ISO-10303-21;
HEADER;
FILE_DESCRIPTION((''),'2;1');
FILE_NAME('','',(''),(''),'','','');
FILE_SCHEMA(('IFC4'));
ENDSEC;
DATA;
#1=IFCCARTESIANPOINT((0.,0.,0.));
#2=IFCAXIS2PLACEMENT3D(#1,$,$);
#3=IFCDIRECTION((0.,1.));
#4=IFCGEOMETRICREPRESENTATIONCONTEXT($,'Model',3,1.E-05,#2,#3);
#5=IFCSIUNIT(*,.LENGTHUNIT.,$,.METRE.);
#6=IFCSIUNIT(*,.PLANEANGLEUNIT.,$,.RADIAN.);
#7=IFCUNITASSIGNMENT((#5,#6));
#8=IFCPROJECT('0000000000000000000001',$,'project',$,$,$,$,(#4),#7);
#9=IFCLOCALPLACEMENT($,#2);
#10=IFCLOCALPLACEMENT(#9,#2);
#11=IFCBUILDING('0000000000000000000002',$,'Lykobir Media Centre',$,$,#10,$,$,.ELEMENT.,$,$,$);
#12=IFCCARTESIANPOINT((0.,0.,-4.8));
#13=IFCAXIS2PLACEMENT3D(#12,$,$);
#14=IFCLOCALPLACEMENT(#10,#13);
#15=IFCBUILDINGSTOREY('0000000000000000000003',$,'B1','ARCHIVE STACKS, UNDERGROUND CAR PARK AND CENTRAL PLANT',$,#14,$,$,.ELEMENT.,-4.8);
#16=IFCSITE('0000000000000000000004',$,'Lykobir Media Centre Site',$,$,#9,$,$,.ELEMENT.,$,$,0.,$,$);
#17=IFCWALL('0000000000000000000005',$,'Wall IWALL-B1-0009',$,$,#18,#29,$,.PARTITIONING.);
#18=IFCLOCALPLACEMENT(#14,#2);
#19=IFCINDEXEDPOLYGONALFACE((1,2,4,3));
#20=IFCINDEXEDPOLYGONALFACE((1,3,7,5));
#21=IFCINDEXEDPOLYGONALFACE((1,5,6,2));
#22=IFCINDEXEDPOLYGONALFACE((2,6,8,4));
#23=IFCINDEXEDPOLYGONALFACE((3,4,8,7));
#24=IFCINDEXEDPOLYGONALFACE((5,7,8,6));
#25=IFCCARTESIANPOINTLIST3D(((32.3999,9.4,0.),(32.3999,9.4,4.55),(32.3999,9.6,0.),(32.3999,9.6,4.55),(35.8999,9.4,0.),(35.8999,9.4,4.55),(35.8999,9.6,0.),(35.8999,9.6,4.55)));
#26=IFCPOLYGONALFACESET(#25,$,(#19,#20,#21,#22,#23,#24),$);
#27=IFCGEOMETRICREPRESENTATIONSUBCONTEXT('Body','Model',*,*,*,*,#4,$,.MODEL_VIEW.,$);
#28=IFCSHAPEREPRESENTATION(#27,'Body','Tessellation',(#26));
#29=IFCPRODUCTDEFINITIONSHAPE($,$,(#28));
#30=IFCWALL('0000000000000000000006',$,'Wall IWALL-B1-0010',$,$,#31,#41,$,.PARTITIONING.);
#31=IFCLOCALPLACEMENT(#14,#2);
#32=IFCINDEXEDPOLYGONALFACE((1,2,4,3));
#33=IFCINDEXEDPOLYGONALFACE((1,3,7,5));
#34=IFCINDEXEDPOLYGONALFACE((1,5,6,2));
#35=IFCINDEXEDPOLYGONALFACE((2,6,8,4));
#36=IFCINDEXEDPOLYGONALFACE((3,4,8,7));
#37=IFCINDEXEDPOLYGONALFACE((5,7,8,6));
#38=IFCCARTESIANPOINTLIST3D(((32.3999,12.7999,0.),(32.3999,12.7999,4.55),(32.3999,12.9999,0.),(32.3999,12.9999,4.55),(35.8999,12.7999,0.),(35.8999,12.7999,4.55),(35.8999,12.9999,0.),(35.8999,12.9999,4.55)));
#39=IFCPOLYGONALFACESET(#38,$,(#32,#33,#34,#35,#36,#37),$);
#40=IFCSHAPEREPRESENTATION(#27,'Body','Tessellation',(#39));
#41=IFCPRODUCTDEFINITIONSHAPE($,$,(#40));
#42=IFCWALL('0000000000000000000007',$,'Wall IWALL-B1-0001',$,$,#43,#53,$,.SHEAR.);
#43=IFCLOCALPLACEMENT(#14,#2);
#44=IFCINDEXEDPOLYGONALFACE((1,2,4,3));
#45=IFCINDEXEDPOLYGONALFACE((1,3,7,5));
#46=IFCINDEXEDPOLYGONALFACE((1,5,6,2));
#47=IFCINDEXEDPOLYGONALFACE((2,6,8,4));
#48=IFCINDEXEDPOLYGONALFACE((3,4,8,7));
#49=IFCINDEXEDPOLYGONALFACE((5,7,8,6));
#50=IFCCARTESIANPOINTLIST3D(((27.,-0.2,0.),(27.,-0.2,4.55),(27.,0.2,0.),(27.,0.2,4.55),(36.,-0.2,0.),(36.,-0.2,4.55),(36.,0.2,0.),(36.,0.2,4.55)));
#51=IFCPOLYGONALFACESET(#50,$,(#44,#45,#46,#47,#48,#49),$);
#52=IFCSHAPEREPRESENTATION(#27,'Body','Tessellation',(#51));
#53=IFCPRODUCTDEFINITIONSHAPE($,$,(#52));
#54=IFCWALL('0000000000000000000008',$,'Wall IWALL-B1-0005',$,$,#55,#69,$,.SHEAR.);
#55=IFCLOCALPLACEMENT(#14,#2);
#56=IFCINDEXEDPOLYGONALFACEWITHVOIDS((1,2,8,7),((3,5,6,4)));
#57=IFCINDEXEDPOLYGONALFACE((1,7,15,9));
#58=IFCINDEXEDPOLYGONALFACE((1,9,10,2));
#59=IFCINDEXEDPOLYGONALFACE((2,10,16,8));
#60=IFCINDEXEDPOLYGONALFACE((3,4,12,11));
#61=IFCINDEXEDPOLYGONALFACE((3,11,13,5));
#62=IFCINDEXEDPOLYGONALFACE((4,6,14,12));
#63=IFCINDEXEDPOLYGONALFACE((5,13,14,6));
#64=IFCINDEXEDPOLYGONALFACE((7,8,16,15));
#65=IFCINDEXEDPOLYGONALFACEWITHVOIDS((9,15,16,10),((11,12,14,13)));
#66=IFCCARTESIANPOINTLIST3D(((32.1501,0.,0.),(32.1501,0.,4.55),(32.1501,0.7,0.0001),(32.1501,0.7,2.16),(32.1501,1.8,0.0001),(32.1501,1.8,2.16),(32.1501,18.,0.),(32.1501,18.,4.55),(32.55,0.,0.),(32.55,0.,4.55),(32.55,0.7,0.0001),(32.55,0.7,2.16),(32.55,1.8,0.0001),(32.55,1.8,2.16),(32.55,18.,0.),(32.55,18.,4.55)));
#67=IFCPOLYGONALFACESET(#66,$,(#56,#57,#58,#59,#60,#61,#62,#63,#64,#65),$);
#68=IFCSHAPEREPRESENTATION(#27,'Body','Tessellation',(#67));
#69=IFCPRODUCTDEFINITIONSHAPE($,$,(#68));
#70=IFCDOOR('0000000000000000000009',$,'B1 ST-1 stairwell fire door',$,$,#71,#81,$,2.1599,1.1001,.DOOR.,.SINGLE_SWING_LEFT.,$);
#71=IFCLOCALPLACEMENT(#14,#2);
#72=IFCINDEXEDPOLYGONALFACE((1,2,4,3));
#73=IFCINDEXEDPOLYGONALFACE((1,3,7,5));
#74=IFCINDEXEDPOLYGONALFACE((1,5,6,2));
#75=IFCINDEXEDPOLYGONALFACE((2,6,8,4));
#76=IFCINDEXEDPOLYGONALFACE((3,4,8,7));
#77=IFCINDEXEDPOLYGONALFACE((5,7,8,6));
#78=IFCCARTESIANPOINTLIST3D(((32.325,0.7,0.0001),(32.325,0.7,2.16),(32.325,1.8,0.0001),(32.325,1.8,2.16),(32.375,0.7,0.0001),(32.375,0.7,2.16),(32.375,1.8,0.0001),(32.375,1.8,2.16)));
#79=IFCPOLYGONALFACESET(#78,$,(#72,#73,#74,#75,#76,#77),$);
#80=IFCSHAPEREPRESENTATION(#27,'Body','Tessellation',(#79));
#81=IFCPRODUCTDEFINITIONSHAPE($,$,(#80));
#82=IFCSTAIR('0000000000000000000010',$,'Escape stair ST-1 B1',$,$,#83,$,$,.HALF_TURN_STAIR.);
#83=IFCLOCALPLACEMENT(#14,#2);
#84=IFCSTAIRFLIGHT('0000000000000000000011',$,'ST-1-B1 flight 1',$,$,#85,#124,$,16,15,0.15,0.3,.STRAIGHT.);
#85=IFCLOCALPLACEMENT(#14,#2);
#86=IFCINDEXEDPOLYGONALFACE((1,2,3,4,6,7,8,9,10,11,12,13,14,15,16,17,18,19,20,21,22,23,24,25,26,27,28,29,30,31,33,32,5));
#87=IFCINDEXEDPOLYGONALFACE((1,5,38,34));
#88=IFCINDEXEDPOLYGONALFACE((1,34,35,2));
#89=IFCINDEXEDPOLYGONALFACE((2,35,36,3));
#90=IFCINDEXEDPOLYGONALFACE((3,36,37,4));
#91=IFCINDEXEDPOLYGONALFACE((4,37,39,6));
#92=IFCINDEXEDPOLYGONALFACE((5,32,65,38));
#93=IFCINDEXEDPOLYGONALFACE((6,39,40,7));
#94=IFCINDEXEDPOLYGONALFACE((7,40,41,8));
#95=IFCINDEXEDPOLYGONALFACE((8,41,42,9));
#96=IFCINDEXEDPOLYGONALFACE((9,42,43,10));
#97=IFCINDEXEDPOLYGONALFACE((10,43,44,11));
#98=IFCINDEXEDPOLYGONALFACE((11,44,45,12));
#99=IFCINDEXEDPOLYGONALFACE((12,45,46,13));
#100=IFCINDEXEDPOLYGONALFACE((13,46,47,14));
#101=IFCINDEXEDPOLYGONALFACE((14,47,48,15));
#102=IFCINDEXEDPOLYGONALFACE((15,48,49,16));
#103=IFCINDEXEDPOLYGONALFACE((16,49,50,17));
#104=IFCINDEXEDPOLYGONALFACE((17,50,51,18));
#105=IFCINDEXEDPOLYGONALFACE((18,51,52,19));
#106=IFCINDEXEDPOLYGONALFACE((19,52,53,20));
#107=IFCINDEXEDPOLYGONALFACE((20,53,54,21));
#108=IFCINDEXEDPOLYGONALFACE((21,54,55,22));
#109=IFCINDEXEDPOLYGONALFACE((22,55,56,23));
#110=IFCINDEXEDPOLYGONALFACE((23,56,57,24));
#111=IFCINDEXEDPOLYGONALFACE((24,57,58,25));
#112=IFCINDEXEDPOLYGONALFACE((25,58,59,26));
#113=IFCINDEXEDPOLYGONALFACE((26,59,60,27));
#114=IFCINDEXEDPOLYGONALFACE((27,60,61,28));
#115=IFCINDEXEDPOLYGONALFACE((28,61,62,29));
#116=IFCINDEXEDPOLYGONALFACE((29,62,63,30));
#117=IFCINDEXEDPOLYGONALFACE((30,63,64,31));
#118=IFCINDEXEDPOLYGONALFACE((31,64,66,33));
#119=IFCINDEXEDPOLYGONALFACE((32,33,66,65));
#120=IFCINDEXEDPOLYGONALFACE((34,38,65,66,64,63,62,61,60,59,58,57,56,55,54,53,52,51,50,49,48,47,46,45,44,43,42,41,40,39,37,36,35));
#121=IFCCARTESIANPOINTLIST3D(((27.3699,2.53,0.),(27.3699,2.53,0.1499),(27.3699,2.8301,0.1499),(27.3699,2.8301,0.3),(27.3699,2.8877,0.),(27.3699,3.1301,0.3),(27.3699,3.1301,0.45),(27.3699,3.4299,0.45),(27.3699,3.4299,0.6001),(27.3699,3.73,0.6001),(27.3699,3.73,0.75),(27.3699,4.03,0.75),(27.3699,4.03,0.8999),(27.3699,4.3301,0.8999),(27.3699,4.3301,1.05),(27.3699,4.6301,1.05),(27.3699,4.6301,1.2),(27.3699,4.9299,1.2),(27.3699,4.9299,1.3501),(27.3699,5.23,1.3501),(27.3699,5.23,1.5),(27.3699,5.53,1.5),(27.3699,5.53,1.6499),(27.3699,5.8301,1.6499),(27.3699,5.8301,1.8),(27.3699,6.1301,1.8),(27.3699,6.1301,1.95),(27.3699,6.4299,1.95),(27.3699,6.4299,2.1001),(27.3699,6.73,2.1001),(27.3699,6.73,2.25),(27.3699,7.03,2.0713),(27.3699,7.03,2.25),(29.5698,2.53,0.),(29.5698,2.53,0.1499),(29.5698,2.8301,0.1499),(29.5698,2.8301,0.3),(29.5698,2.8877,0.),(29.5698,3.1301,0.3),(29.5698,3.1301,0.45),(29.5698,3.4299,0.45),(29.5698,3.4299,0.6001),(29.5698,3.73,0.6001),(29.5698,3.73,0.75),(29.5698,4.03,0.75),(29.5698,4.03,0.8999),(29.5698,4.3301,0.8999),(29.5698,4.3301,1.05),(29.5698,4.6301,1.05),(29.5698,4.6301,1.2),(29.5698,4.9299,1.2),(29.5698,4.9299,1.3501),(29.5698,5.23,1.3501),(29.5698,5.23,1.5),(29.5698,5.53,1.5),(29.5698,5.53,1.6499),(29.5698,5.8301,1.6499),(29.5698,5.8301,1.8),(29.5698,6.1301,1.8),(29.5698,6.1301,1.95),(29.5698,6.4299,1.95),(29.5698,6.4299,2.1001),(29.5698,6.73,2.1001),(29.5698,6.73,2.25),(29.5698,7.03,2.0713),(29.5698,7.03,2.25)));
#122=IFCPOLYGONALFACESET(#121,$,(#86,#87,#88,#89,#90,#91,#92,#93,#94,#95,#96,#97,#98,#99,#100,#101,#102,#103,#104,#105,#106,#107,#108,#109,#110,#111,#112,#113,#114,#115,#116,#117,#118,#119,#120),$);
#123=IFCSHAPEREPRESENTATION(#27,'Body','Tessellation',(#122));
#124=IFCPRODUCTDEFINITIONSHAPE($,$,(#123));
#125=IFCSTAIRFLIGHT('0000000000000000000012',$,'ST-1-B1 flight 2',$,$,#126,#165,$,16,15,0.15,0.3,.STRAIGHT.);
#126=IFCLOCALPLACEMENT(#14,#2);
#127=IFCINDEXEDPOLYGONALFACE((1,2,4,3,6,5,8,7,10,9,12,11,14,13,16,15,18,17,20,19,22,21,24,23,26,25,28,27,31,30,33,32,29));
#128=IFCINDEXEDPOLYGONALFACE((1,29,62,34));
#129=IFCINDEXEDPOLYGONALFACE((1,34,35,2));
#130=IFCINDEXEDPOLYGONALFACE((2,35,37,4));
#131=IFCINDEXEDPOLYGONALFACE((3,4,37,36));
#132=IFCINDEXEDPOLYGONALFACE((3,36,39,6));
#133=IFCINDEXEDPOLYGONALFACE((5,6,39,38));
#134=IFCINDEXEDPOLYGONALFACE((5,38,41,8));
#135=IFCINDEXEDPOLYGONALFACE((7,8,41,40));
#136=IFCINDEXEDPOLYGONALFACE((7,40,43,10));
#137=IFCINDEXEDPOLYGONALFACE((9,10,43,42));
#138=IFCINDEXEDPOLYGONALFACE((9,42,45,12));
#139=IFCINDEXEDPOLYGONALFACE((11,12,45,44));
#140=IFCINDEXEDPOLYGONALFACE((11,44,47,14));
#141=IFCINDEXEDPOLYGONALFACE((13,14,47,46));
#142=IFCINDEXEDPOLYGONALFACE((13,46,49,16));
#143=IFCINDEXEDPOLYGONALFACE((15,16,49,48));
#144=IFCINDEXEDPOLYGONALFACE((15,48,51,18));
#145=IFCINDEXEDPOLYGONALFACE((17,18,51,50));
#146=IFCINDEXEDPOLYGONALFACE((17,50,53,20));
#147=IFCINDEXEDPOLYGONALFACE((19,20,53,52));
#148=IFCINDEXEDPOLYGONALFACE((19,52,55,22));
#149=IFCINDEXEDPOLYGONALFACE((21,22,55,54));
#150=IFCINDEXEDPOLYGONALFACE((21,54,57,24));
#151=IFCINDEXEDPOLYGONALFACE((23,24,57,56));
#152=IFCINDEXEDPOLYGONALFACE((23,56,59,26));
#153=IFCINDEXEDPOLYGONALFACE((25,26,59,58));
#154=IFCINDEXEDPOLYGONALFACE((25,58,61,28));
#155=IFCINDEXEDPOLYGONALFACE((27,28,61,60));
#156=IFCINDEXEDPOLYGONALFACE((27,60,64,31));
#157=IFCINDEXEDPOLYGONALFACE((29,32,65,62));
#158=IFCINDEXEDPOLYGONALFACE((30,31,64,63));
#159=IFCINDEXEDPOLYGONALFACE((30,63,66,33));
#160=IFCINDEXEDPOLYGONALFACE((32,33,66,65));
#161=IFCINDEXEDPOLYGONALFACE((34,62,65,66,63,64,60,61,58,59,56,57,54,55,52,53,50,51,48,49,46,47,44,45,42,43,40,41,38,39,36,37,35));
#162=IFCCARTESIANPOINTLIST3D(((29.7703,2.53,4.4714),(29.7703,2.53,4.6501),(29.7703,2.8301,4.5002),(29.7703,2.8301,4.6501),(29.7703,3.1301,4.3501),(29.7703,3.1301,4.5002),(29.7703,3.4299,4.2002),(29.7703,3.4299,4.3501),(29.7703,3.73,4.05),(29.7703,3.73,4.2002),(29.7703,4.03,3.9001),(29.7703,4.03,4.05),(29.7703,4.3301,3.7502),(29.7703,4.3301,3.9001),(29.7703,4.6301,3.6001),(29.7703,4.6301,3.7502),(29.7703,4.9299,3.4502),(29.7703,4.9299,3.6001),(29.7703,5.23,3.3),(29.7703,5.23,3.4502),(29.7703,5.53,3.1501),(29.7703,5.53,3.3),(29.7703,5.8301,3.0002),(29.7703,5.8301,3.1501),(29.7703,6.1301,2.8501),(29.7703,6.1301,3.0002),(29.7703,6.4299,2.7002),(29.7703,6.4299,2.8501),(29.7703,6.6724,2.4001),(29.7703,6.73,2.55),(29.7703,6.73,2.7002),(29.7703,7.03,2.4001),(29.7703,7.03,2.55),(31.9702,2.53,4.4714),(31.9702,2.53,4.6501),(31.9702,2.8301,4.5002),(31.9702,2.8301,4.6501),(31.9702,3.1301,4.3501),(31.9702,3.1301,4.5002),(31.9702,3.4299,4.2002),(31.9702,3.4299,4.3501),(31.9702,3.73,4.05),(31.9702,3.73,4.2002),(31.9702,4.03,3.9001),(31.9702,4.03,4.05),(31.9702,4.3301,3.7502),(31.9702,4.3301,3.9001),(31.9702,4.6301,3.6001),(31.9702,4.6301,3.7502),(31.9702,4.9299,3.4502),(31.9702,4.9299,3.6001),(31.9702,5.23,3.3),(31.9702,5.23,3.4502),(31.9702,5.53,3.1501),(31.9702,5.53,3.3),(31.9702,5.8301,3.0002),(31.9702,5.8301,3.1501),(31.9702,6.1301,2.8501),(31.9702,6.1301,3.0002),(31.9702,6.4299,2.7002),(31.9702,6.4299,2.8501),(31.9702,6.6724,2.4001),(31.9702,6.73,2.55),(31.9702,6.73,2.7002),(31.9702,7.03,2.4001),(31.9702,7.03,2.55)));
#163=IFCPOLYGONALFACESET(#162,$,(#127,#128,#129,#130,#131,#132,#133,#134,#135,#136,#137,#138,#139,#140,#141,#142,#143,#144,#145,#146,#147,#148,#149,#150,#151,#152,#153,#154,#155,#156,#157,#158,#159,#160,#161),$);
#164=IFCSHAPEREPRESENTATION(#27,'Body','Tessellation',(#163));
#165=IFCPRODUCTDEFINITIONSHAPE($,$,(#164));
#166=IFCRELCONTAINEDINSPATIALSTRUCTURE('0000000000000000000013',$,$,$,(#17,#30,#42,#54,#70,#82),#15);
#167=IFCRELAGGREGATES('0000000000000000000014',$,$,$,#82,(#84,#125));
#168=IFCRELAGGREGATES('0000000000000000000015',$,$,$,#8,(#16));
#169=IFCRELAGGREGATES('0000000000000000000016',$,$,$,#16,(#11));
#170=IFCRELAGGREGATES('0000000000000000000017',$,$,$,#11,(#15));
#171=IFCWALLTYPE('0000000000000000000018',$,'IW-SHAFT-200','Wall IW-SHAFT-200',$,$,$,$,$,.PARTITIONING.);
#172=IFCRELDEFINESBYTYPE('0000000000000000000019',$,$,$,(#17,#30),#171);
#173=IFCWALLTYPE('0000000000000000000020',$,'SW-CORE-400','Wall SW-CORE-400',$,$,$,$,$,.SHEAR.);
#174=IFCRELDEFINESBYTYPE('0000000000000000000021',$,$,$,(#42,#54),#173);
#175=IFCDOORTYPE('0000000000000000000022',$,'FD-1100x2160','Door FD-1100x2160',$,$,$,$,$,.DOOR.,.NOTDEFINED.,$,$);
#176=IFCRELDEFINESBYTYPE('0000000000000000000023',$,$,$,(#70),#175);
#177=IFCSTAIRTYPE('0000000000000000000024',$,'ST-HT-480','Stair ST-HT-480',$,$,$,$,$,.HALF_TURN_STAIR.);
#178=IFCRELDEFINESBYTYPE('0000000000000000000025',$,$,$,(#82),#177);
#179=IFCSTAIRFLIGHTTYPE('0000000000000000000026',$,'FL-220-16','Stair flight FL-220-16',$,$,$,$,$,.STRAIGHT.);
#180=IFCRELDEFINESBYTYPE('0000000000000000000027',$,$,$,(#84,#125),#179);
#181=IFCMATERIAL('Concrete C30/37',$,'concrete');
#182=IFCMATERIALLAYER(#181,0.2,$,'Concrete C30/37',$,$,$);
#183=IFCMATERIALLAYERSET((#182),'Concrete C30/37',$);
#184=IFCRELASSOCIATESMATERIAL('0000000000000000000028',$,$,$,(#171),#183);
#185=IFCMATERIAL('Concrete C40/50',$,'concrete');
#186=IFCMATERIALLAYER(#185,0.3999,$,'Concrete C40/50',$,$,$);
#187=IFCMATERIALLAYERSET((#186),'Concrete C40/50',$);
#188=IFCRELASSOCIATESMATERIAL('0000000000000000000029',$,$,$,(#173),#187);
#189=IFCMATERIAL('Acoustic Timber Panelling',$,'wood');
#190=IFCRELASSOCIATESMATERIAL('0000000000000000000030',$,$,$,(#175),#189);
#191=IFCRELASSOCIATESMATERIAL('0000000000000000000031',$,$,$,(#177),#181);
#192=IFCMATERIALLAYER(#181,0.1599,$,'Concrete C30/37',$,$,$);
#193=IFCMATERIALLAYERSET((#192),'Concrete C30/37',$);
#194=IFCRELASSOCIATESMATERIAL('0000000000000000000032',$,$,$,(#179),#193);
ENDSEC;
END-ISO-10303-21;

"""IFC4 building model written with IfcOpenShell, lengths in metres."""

from ifc_helpers import new_model, si_unit, direction, frame, frame_2d, origin, place, context, subcontext, project, spatial, polyline, rectangle, outline, extrude, material, layer, layer_set, type_object, element, fill, aggregate, save


model = new_model("IFC4")

# Units and contexts
model_context = context("Model", 3, precision=1e-05, world=origin(), true_north=direction((0.0, 1.0)))
body_context = subcontext(model_context, "Body", "Model", "MODEL_VIEW")
ifc_project = project(units=[si_unit("LENGTHUNIT", "METRE"), si_unit("PLANEANGLEUNIT", "RADIAN")], contexts=[model_context])

# Site, building, storey
site_placement = place(None, origin())
site = spatial("IfcSite", under=ifc_project, at=site_placement, Name="Lykobir Media Centre Site", CompositionType="ELEMENT", RefElevation=0.0)
building_placement = place(site_placement, origin())
building = spatial("IfcBuilding", under=site, at=building_placement, Name="Lykobir Media Centre", CompositionType="ELEMENT")
storey_placement = place(building_placement, frame((0.0, 0.0, -4.8)))
storey = spatial("IfcBuildingStorey", under=building, at=storey_placement, Name="B1", Description="ARCHIVE STACKS, UNDERGROUND CAR PARK AND CENTRAL PLANT", CompositionType="ELEMENT", Elevation=-4.8)

# Shared definitions
ifc_material_1 = material(Name="Concrete C30/37", Category="concrete")

# Shared definitions
ifc_material_2 = material(Name="Concrete C40/50", Category="concrete")

# Walls
ifc_layer_1 = layer(ifc_material_1, 0.2, Name="Concrete C30/37")
ifc_layer_set_1 = layer_set([ifc_layer_1], Name="Concrete C30/37")
wall_type_1 = type_object("IfcWallType", Name="IW-SHAFT-200", Description="Wall IW-SHAFT-200", PredefinedType="PARTITIONING", material=ifc_layer_set_1)
for number, where, z_axis, x_axis, name in (
    (1, (32.3999, 9.5, 0.0), (0.0, 0.0, 1.0), (1.0, 0.0, 0.0), "Wall IWALL-B1-0009"),
    (2, (32.3999, 12.8999, 0.0), (0.0, 0.0, 1.0), (1.0, 0.0, 0.0), "Wall IWALL-B1-0010"),
):
    element("IfcWall", number, at=place(storey_placement, frame(where, z_axis=z_axis, x_axis=x_axis)), inside=storey, type_object=wall_type_1, Name=name, PredefinedType="PARTITIONING", context=body_context, shape_type="SweptSolid", body=[
        extrude(rectangle(XDim=3.5, YDim=0.2, at=frame_2d((1.75, 0.0))), origin(), (0.0, 0.0, 1.0), 4.55),
    ])
ifc_layer_2 = layer(ifc_material_2, 0.3999, Name="Concrete C40/50")
ifc_layer_set_2 = layer_set([ifc_layer_2], Name="Concrete C40/50")
wall_type_2 = type_object("IfcWallType", Name="SW-CORE-400", Description="Wall SW-CORE-400", PredefinedType="SHEAR", material=ifc_layer_set_2)
wall_1_placement = place(storey_placement, frame((27.0, 0.0, 0.0), z_axis=(0.0, 0.0, 1.0), x_axis=(1.0, 0.0, 0.0)))
element("IfcWall", 3, at=wall_1_placement, inside=storey, type_object=wall_type_2, Name="Wall IWALL-B1-0001", PredefinedType="SHEAR", context=body_context, shape_type="SweptSolid", body=[
    extrude(rectangle(XDim=9.0, YDim=0.3999, at=frame_2d((4.5, 0.0))), origin(), (0.0, 0.0, 1.0), 4.55),
])

# Wall, opening, door
wall_2_placement = place(storey_placement, frame((32.3501, 0.0, 0.0), z_axis=(0.0, 0.0, 1.0), x_axis=(0.0, 1.0, 0.0)))
wall_2 = element("IfcWall", 4, at=wall_2_placement, inside=storey, type_object=wall_type_2, Name="Wall IWALL-B1-0005", PredefinedType="SHEAR", context=body_context, shape_type="SweptSolid", body=[
    extrude(rectangle(XDim=18.0, YDim=0.3999, at=frame_2d((9.0, 0.0))), origin(), (0.0, 0.0, 1.0), 4.55),
])
opening_placement = place(wall_2_placement, frame((0.7, 0.0, 0.0)))
opening = element("IfcOpeningElement", 5, at=opening_placement, cuts=wall_2, PredefinedType="OPENING", context=body_context, shape_type="SweptSolid", body=[
    extrude(rectangle(XDim=1.1001, YDim=2.1599, at=frame_2d((0.55, 1.0801))), frame((0.0, 0.21, 0.0), z_axis=(0.0, -1.0, 0.0), x_axis=(1.0, 0.0, 0.0)), (0.0, 0.0, 1.0), 0.4199),
])
ifc_material_3 = material(Name="Acoustic Timber Panelling", Category="wood")
door_type = type_object("IfcDoorType", Name="FD-1100x2160", Description="Door FD-1100x2160", OperationType="NOTDEFINED", PredefinedType="DOOR", material=ifc_material_3)
door_placement = place(opening_placement, frame((1.1001, 0.0, 0.0), z_axis=(0.0, 0.0, 1.0), x_axis=(-1.0, 0.0, 0.0)))
door = element("IfcDoor", 6, at=door_placement, inside=storey, type_object=door_type, Name="B1 ST-1 stairwell fire door", OperationType="SINGLE_SWING_LEFT", OverallHeight=2.1599, OverallWidth=1.1001, PredefinedType="DOOR", context=body_context, shape_type="SweptSolid", body=[
    extrude(rectangle(XDim=1.1001, YDim=2.1599, at=frame_2d((0.55, 1.0801))), frame((0.0, 0.0249, 0.0), z_axis=(0.0, -1.0, 0.0), x_axis=(1.0, 0.0, 0.0)), (0.0, 0.0, 1.0), 0.05),
])
fill(opening, door)

# Stair, stair flights
stair_type = type_object("IfcStairType", Name="ST-HT-480", Description="Stair ST-HT-480", PredefinedType="HALF_TURN_STAIR", material=ifc_material_1)
stair_placement = place(storey_placement, origin())
stair = element("IfcStair", 7, at=stair_placement, inside=storey, type_object=stair_type, Name="Escape stair ST-1 B1", PredefinedType="HALF_TURN_STAIR")
ifc_layer_3 = layer(ifc_material_1, 0.1599, Name="Concrete C30/37")
ifc_layer_set_3 = layer_set([ifc_layer_3], Name="Concrete C30/37")
stair_flight_type = type_object("IfcStairFlightType", Name="FL-220-16", Description="Stair flight FL-220-16", PredefinedType="STRAIGHT", material=ifc_layer_set_3)
stair_flight_1_placement = place(storey_placement, frame((28.47, 2.53, 0.0), z_axis=(0.0, 0.0, 1.0), x_axis=(0.0, 1.0, 0.0)))
stair_flight_1 = element("IfcStairFlight", 8, at=stair_flight_1_placement, type_object=stair_flight_type, Name="ST-1-B1 flight 1", NumberOfRisers=16, NumberOfTreads=15, PredefinedType="STRAIGHT", RiserHeight=0.15, TreadLength=0.3, context=body_context, shape_type="SweptSolid", body=[
    extrude(outline(polyline([(0.0, 0.0), (0.0, 0.1499), (0.3, 0.1499), (0.3, 0.3), (0.6001, 0.3), (0.6001, 0.45), (0.8999, 0.45), (0.8999, 0.6001), (1.2, 0.6001), (1.2, 0.75), (1.5, 0.75), (1.5, 0.8999), (1.8, 0.8999), (1.8, 1.05), (2.1001, 1.05), (2.1001, 1.2), (2.3999, 1.2), (2.3999, 1.3501), (2.7, 1.3501), (2.7, 1.5), (3.0, 1.5), (3.0, 1.6499), (3.3, 1.6499), (3.3, 1.8), (3.6001, 1.8), (3.6001, 1.95), (3.8999, 1.95), (3.8999, 2.1001), (4.2, 2.1001), (4.2, 2.25), (4.5, 2.25), (4.5, 2.3999), (4.5, 2.0713), (0.3577, 0.0), (0.0, 0.0)])), frame((0.0, 1.1001, 0.0), z_axis=(0.0, -1.0, 0.0), x_axis=(1.0, 0.0, 0.0)), (0.0, 0.0, 1.0), 2.2),
])
stair_flight_2_placement = place(storey_placement, frame((30.8701, 7.03, 2.4001), z_axis=(0.0, 0.0, 1.0), x_axis=(0.0, -1.0, 0.0)))
stair_flight_2 = element("IfcStairFlight", 9, at=stair_flight_2_placement, type_object=stair_flight_type, Name="ST-1-B1 flight 2", NumberOfRisers=16, NumberOfTreads=15, PredefinedType="STRAIGHT", RiserHeight=0.15, TreadLength=0.3, context=body_context, shape_type="SweptSolid", body=[
    extrude(outline(polyline([(0.0, 0.0), (0.0, 0.1499), (0.3, 0.1499), (0.3, 0.3), (0.6001, 0.3), (0.6001, 0.45), (0.8999, 0.45), (0.8999, 0.6001), (1.2, 0.6001), (1.2, 0.75), (1.5, 0.75), (1.5, 0.8999), (1.8, 0.8999), (1.8, 1.05), (2.1001, 1.05), (2.1001, 1.2), (2.3999, 1.2), (2.3999, 1.3501), (2.7, 1.3501), (2.7, 1.5), (3.0, 1.5), (3.0, 1.6499), (3.3, 1.6499), (3.3, 1.8), (3.6001, 1.8), (3.6001, 1.95), (3.8999, 1.95), (3.8999, 2.1001), (4.2, 2.1001), (4.2, 2.25), (4.5, 2.25), (4.5, 2.3999), (4.5, 2.0713), (0.3577, 0.0), (0.0, 0.0)])), frame((0.0, 1.1001, 0.0), z_axis=(0.0, -1.0, 0.0), x_axis=(1.0, 0.0, 0.0)), (0.0, 0.0, 1.0), 2.2),
])
aggregate(stair, [stair_flight_1, stair_flight_2])

save(model, "model.ifc")
